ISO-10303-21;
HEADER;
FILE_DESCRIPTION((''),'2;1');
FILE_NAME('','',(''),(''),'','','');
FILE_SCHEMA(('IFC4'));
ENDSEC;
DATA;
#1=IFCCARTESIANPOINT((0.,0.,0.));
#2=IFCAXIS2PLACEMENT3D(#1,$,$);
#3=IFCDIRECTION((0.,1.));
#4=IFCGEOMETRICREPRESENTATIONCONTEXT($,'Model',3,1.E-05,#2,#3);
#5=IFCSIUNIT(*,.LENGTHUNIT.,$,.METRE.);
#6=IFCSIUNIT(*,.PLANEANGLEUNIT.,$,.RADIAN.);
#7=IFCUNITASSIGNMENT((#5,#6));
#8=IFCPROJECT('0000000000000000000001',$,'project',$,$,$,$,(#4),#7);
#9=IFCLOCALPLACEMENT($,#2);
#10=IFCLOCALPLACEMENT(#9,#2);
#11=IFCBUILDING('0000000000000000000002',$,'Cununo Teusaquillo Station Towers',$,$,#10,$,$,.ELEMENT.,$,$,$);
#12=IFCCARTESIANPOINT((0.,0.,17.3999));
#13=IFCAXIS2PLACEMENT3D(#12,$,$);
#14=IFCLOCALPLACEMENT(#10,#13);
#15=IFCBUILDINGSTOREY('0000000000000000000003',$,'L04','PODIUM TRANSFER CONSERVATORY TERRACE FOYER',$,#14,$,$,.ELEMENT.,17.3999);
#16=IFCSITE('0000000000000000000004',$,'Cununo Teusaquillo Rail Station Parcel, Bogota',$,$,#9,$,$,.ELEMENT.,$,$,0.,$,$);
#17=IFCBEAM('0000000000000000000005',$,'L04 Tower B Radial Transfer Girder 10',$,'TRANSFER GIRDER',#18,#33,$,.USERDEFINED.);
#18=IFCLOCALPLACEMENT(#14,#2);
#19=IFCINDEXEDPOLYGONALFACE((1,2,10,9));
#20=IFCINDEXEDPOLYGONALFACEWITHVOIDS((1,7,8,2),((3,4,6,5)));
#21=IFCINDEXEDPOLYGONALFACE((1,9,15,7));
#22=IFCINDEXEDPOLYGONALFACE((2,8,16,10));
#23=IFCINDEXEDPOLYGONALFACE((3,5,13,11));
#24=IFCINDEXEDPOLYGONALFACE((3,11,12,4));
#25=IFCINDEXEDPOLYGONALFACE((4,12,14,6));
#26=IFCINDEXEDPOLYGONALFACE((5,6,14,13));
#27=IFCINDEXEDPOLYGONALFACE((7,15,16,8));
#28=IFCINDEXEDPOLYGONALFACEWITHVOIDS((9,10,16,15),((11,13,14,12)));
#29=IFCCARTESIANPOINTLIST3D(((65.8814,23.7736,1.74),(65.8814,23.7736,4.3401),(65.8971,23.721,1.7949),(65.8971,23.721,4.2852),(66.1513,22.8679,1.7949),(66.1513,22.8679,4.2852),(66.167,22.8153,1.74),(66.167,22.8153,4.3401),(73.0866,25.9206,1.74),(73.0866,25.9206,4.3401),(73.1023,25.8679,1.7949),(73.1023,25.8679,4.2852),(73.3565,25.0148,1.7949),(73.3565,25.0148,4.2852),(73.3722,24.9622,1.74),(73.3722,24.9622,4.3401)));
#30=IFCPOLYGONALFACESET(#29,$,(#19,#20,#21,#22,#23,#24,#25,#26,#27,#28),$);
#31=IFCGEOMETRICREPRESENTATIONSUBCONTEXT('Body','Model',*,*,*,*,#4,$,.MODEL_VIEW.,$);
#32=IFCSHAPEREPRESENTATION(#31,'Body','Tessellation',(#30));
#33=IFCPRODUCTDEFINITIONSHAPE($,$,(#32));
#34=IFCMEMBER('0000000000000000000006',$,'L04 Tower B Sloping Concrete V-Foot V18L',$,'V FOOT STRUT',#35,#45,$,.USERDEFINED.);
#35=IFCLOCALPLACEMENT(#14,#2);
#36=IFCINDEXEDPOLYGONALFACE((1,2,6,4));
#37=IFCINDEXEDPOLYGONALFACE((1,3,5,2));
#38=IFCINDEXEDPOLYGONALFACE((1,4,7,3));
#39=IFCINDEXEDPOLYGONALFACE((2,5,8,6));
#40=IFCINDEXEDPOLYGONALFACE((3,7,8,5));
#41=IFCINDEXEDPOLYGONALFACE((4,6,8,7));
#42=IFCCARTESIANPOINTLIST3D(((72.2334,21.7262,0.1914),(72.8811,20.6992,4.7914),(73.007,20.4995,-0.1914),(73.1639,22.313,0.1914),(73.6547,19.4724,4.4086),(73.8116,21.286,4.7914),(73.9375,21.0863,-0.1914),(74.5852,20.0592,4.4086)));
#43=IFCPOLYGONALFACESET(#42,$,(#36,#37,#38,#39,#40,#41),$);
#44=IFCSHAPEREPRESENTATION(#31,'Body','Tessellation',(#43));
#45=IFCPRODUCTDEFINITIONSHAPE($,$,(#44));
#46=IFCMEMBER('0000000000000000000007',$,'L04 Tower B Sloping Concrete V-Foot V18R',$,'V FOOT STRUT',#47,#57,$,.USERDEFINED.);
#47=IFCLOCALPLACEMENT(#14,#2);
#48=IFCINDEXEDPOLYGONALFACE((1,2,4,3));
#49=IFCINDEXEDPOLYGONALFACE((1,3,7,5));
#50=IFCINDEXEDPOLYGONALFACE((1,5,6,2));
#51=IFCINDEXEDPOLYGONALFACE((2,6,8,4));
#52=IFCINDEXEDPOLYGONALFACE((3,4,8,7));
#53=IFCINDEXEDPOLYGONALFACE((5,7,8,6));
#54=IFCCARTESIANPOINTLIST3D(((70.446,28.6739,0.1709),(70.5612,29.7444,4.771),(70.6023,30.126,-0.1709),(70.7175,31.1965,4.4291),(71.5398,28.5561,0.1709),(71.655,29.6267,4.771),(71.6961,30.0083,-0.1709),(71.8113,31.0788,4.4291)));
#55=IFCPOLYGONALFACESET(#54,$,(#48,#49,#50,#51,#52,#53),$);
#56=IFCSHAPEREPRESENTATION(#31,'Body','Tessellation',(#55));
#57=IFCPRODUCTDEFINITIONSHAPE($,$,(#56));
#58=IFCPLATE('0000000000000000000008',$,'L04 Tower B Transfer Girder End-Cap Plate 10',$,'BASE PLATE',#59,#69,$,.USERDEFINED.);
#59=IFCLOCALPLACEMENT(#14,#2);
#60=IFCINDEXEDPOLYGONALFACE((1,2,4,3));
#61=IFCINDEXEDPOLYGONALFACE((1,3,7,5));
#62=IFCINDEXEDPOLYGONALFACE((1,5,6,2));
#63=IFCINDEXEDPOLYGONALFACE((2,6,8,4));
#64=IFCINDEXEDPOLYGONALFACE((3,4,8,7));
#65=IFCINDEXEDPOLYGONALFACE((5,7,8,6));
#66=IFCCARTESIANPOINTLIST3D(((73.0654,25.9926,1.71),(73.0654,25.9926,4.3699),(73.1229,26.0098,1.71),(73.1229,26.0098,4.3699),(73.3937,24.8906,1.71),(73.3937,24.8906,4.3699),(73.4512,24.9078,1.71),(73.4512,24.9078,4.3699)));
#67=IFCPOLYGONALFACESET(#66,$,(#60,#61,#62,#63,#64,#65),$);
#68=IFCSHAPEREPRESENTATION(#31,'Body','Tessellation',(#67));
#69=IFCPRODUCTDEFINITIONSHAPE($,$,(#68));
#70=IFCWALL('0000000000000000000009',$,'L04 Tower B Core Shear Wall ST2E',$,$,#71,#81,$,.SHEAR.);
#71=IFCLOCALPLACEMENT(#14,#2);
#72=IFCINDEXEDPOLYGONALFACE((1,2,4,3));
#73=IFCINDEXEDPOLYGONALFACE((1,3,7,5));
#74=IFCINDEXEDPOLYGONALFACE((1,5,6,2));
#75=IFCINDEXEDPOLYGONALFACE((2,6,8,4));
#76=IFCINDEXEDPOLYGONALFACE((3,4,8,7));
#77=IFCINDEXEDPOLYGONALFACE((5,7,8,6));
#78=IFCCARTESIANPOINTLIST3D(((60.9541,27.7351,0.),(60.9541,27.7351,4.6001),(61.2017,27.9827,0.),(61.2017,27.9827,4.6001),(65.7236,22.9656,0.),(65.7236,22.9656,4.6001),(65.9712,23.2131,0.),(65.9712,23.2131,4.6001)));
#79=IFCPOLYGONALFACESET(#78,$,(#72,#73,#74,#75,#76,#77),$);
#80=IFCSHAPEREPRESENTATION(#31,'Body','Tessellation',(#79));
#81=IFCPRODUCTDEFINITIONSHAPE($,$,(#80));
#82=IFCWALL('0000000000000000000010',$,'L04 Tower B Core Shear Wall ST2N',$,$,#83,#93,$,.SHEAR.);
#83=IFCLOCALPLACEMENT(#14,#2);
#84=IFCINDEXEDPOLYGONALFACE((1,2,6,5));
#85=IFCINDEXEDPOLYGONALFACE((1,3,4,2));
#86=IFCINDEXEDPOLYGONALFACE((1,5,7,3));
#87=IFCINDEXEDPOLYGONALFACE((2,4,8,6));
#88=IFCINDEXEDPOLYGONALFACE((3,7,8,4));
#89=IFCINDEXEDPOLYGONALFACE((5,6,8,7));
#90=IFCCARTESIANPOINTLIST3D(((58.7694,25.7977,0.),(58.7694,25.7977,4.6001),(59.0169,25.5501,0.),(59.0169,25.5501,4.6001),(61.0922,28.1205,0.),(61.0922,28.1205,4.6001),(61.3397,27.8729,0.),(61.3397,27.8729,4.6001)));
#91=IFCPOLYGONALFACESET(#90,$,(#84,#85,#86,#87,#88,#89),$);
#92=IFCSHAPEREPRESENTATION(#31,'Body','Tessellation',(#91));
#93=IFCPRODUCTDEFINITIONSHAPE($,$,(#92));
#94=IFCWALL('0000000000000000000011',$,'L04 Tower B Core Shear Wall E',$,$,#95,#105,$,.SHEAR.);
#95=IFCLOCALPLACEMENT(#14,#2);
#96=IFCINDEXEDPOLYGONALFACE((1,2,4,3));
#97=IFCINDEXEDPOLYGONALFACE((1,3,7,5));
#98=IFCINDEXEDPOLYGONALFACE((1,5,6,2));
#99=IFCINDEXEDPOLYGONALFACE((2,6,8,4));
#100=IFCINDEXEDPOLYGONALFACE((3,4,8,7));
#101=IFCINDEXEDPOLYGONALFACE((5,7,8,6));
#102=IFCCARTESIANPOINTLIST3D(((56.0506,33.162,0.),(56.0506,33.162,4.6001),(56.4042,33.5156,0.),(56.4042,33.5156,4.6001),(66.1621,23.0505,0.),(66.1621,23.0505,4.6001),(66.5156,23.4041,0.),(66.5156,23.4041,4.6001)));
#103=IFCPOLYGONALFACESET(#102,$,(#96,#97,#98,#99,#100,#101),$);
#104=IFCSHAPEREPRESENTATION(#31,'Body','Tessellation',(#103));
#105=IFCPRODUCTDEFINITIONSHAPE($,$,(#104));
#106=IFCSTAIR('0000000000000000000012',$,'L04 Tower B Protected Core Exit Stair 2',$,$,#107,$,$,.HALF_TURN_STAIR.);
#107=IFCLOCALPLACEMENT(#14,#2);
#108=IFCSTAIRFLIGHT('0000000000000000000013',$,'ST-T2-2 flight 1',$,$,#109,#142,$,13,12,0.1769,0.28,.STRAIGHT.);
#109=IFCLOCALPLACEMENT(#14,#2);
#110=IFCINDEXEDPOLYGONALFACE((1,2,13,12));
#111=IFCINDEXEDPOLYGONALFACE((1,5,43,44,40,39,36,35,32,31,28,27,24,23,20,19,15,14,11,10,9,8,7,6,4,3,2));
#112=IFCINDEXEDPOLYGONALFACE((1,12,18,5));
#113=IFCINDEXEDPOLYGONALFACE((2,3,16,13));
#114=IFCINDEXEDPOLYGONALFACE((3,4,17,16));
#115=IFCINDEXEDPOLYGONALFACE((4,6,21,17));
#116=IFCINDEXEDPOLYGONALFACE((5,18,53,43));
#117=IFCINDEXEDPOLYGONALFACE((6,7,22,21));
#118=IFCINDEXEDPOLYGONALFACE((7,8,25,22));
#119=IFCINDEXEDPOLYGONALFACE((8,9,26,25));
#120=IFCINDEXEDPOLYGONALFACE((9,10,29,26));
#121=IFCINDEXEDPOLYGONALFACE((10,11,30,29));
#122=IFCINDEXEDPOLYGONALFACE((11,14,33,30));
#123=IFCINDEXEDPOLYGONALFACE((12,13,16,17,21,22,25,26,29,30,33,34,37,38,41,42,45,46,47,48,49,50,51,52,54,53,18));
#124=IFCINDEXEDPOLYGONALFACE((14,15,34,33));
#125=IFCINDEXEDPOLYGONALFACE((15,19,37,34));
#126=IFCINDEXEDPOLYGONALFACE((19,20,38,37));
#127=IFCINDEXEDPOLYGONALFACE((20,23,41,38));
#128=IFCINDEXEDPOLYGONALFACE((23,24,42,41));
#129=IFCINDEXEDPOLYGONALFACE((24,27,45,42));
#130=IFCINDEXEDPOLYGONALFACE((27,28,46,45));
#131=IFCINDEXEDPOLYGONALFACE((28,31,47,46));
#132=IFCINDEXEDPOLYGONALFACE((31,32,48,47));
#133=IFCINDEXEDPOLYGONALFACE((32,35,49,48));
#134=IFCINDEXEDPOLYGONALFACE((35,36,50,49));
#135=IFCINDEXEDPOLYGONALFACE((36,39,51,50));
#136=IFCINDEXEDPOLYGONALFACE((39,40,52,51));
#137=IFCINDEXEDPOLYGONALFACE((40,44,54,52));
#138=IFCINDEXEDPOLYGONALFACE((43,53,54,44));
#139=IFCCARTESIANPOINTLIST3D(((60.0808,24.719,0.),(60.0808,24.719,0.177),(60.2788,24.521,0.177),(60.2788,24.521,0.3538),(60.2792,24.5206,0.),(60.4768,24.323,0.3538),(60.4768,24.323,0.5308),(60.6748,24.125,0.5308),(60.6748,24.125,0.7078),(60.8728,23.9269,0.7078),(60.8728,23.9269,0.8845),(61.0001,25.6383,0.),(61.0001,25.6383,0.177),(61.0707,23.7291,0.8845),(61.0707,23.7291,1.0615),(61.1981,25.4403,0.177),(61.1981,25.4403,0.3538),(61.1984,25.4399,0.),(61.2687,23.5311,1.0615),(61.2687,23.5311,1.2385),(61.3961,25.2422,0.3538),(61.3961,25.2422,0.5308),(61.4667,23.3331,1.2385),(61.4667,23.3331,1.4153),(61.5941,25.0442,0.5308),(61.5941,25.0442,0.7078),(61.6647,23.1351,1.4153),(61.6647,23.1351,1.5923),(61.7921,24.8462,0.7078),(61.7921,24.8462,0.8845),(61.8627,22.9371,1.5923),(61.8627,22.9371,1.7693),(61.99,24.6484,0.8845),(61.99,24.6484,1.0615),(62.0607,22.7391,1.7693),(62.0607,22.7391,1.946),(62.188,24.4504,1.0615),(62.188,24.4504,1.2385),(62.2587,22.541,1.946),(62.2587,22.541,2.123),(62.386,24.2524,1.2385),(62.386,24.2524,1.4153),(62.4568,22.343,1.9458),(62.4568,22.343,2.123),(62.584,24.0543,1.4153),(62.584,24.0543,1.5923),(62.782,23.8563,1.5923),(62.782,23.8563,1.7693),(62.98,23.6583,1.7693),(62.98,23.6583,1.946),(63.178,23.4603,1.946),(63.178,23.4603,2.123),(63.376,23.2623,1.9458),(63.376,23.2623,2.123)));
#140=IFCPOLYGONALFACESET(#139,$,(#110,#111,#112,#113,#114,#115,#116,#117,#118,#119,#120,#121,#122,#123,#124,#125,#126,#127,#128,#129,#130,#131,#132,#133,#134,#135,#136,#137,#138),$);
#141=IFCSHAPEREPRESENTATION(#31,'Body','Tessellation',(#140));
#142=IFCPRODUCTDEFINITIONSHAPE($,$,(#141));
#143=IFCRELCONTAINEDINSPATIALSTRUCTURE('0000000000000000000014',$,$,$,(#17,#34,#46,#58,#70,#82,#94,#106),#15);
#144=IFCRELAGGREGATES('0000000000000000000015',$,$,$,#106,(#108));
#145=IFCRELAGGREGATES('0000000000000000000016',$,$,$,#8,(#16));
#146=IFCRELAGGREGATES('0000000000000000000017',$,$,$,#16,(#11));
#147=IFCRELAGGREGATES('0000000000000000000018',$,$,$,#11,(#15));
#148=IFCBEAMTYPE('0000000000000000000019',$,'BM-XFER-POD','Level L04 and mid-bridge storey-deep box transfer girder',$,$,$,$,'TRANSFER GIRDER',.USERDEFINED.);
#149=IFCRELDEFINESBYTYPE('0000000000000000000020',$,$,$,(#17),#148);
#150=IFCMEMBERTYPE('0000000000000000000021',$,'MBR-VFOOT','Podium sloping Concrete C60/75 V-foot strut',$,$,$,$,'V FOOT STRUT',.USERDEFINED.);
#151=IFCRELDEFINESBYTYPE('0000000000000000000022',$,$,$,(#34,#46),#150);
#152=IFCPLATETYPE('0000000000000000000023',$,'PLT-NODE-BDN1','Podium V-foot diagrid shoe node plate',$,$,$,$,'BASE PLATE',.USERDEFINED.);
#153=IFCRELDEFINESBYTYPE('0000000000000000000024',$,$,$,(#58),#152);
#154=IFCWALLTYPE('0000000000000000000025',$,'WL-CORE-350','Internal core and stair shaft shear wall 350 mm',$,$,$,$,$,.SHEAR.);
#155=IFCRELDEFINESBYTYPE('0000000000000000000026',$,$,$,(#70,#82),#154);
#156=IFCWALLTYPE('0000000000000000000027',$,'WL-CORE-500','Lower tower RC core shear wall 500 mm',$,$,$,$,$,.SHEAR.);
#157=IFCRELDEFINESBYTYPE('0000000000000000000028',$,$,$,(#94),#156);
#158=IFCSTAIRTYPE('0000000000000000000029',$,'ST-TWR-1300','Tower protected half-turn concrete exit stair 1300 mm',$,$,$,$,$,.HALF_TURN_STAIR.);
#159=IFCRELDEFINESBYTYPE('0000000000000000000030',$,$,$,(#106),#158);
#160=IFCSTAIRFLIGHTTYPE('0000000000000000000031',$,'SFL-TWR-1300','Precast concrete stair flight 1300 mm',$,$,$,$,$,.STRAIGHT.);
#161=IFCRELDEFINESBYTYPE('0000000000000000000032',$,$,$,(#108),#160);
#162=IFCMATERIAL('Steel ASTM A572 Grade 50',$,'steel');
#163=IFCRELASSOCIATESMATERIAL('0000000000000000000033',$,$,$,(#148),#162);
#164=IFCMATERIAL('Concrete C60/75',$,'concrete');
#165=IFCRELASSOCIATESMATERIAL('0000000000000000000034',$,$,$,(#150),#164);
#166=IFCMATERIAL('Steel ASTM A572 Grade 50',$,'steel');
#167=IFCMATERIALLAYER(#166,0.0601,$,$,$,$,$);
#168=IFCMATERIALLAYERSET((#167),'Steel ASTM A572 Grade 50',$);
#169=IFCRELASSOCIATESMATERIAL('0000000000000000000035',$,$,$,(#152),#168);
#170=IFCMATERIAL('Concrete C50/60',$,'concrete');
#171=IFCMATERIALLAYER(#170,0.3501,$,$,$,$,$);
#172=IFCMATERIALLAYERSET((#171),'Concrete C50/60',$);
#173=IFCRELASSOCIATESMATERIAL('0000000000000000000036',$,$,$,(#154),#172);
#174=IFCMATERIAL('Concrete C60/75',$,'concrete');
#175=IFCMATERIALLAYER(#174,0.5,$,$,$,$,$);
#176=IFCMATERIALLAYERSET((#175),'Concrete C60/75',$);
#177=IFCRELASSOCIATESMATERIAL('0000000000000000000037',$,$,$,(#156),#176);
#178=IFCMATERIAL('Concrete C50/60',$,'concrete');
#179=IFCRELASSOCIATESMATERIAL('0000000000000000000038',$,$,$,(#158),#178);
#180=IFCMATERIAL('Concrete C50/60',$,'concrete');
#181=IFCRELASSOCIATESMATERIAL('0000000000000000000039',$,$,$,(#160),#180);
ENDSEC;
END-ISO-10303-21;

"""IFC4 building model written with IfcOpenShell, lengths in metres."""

from ifc_helpers import new_model, si_unit, direction, frame, frame_2d, origin, origin_2d, place, context, subcontext, project, spatial, polyline, rectangle, hollow_rectangle, outline, extrude, source, transform, mapped, material, layer, layer_set, material_profile, profile_set, type_object, element, aggregate, save


model = new_model("IFC4")

# Units and contexts
model_context = context("Model", 3, precision=1e-05, world=origin(), true_north=direction((0.0, 1.0)))
body_context = subcontext(model_context, "Body", "Model", "MODEL_VIEW")
ifc_project = project(units=[si_unit("LENGTHUNIT", "METRE"), si_unit("PLANEANGLEUNIT", "RADIAN")], contexts=[model_context])

# Site, building, storey
site_placement = place(None, origin())
site = spatial("IfcSite", under=ifc_project, at=site_placement, Name="Cununo Teusaquillo Rail Station Parcel, Bogota", CompositionType="ELEMENT", RefElevation=0.0)
building_placement = place(site_placement, origin())
building = spatial("IfcBuilding", under=site, at=building_placement, Name="Cununo Teusaquillo Station Towers", CompositionType="ELEMENT")
storey_placement = place(building_placement, frame((0.0, 0.0, 17.3999)))
storey = spatial("IfcBuildingStorey", under=building, at=storey_placement, Name="L04", Description="PODIUM TRANSFER CONSERVATORY TERRACE FOYER", CompositionType="ELEMENT", Elevation=17.3999)

# Beam
ifc_material_1 = material(Name="Steel ASTM A572 Grade 50", Category="steel")
ifc_material_profile_1 = material_profile(ifc_material_1, hollow_rectangle(XDim=1.0, YDim=2.6001, WallThickness=0.0549, at=origin_2d()), Name="BOX 2600x1000x55")
ifc_profile_set_1 = profile_set([ifc_material_profile_1], Name="Steel ASTM A572 Grade 50")
beam_type_1 = type_object("IfcBeamType", Name="BM-XFER-POD", Description="Level L04 and mid-bridge storey-deep box transfer girder", ElementType="TRANSFER GIRDER", PredefinedType="USERDEFINED", material=ifc_profile_set_1)
beam_1_placement = place(storey_placement, frame((66.0242, 23.2944, 3.04), z_axis=(0.95836, 0.285563, 0.0), x_axis=(-0.285563, 0.95836, 0.0)))
element("IfcBeam", 1, at=beam_1_placement, inside=storey, type_object=beam_type_1, Name="L04 Tower B Radial Transfer Girder 10", ObjectType="TRANSFER GIRDER", PredefinedType="USERDEFINED", context=body_context, shape_type="SweptSolid", body=[
    extrude(hollow_rectangle(XDim=1.0, YDim=2.6001, WallThickness=0.0549, at=origin_2d()), origin(), (0.0, 0.0, 1.0), 7.5183),
])

# Members
ifc_material_2 = material(Name="Concrete C60/75", Category="concrete")
ifc_material_profile_2 = material_profile(ifc_material_2, rectangle(XDim=1.1001, YDim=1.5, at=origin_2d()), Name="RC-RECT-1500x1100")
ifc_profile_set_2 = profile_set([ifc_material_profile_2], Name="Concrete C60/75")
member_type = type_object("IfcMemberType", Name="MBR-VFOOT", Description="Podium sloping Concrete C60/75 V-foot strut", ElementType="V FOOT STRUT", PredefinedType="USERDEFINED", material=ifc_profile_set_2)
member_1_placement = place(storey_placement, frame((73.0854, 21.4062, 0.0), z_axis=(0.136139, -0.215883, 0.966882), x_axis=(0.845857, 0.53341, 0.0)))
element("IfcMember", 2, at=member_1_placement, inside=storey, type_object=member_type, Name="L04 Tower B Sloping Concrete V-Foot V18L", ObjectType="V FOOT STRUT", PredefinedType="USERDEFINED", context=body_context, shape_type="SweptSolid", body=[
    extrude(rectangle(XDim=1.1001, YDim=1.5, at=origin_2d()), origin(), (0.0, 0.0, 1.0), 4.7576),
])
member_2_placement = place(storey_placement, frame((71.071, 29.3411, 0.0), z_axis=(0.024391, 0.2266, 0.973682), x_axis=(-0.994257, 0.107021, 0.0)))
element("IfcMember", 3, at=member_2_placement, inside=storey, type_object=member_type, Name="L04 Tower B Sloping Concrete V-Foot V18R", ObjectType="V FOOT STRUT", PredefinedType="USERDEFINED", context=body_context, shape_type="SweptSolid", body=[
    extrude(rectangle(XDim=1.1001, YDim=1.5, at=origin_2d()), origin(), (0.0, 0.0, 1.0), 4.7244),
])

# Plate
ifc_material_3 = material(Name="Steel ASTM A572 Grade 50", Category="steel")
ifc_layer_1 = layer(ifc_material_3, 0.0601)
ifc_layer_set_1 = layer_set([ifc_layer_1], Name="Steel ASTM A572 Grade 50")
plate_type = type_object("IfcPlateType", Name="PLT-NODE-BDN1", Description="Podium V-foot diagrid shoe node plate", ElementType="BASE PLATE", PredefinedType="USERDEFINED", material=ifc_layer_set_1)
shared_shape = source(origin(), body_context, "Body", "SweptSolid", [
    extrude(rectangle(XDim=0.0601, YDim=1.1499, at=origin_2d()), origin(), (0.0, 0.0, 1.0), 2.6599),
])
plate_placement = place(storey_placement, frame((73.2583, 25.4502, 1.71), z_axis=(0.0, 0.0, 1.0), x_axis=(0.958372, 0.285521, 0.0)))
element("IfcPlate", 4, at=plate_placement, inside=storey, type_object=plate_type, Name="L04 Tower B Transfer Girder End-Cap Plate 10", ObjectType="BASE PLATE", PredefinedType="USERDEFINED", context=body_context, shape_type="MappedRepresentation", body=[
    mapped(shared_shape, transform((0.0, 0.0, 0.0), x_axis=(1.0, 0.0, 0.0), y_axis=(0.0, 1.0, 0.0), z_axis=(0.0, 0.0, 1.0), scale=1.0)),
])

# Walls
ifc_material_4 = material(Name="Concrete C50/60", Category="concrete")
ifc_layer_2 = layer(ifc_material_4, 0.3501)
ifc_layer_set_2 = layer_set([ifc_layer_2], Name="Concrete C50/60")
wall_type_1 = type_object("IfcWallType", Name="WL-CORE-350", Description="Internal core and stair shaft shear wall 350 mm", PredefinedType="SHEAR", material=ifc_layer_set_2)
wall_1_placement = place(storey_placement, frame((65.8474, 23.0894, 0.0), z_axis=(0.0, 0.0, 1.0), x_axis=(-0.707107, 0.707107, 0.0)))
element("IfcWall", 5, at=wall_1_placement, inside=storey, type_object=wall_type_1, Name="L04 Tower B Core Shear Wall ST2E", PredefinedType="SHEAR", context=body_context, shape_type="SweptSolid", body=[
    extrude(rectangle(XDim=6.7451, YDim=0.3501, at=frame_2d((3.3726, 0.0))), origin(), (0.0, 0.0, 1.0), 4.6001),
])
wall_2_placement = place(storey_placement, frame((58.8931, 25.6738, 0.0), z_axis=(0.0, 0.0, 1.0), x_axis=(0.707107, 0.707107, 0.0)))
element("IfcWall", 6, at=wall_2_placement, inside=storey, type_object=wall_type_1, Name="L04 Tower B Core Shear Wall ST2N", PredefinedType="SHEAR", context=body_context, shape_type="SweptSolid", body=[
    extrude(rectangle(XDim=3.2849, YDim=0.3501, at=frame_2d((1.6426, 0.0))), origin(), (0.0, 0.0, 1.0), 4.6001),
])
ifc_material_5 = material(Name="Concrete C60/75", Category="concrete")
ifc_layer_3 = layer(ifc_material_5, 0.5)
ifc_layer_set_3 = layer_set([ifc_layer_3], Name="Concrete C60/75")
wall_type_2 = type_object("IfcWallType", Name="WL-CORE-500", Description="Lower tower RC core shear wall 500 mm", PredefinedType="SHEAR", material=ifc_layer_set_3)
wall_3_placement = place(storey_placement, frame((66.3389, 23.2273, 0.0), z_axis=(0.0, 0.0, 1.0), x_axis=(-0.707107, 0.707107, 0.0)))
element("IfcWall", 7, at=wall_3_placement, inside=storey, type_object=wall_type_2, Name="L04 Tower B Core Shear Wall E", PredefinedType="SHEAR", context=body_context, shape_type="SweptSolid", body=[
    extrude(rectangle(XDim=14.2998, YDim=0.5, at=frame_2d((7.1499, 0.0))), origin(), (0.0, 0.0, 1.0), 4.6001),
])

# Stair, stair flight
ifc_material_6 = material(Name="Concrete C50/60", Category="concrete")
stair_type = type_object("IfcStairType", Name="ST-TWR-1300", Description="Tower protected half-turn concrete exit stair 1300 mm", PredefinedType="HALF_TURN_STAIR", material=ifc_material_6)
stair_placement = place(storey_placement, origin())
stair = element("IfcStair", 8, at=stair_placement, inside=storey, type_object=stair_type, Name="L04 Tower B Protected Core Exit Stair 2", PredefinedType="HALF_TURN_STAIR")
ifc_material_7 = material(Name="Concrete C50/60", Category="concrete")
stair_flight_type = type_object("IfcStairFlightType", Name="SFL-TWR-1300", Description="Precast concrete stair flight 1300 mm", PredefinedType="STRAIGHT", material=ifc_material_7)
stair_flight_1_placement = place(storey_placement, frame((60.5405, 25.1787, 0.0), z_axis=(0.0, 0.0, 1.0), x_axis=(0.707107, -0.707107, 0.0)))
stair_flight_1 = element("IfcStairFlight", 9, at=stair_flight_1_placement, type_object=stair_flight_type, Name="ST-T2-2 flight 1", NumberOfRisers=13, NumberOfTreads=12, PredefinedType="STRAIGHT", RiserHeight=0.1769, TreadLength=0.28, context=body_context, shape_type="SweptSolid", body=[
    extrude(outline(polyline([(0.0, 0.0), (0.0, 0.177), (0.28, 0.177), (0.28, 0.3538), (0.5601, 0.3538), (0.5601, 0.5308), (0.8401, 0.5308), (0.8401, 0.7078), (1.1201, 0.7078), (1.1201, 0.8845), (1.3999, 0.8845), (1.3999, 1.0615), (1.6799, 1.0615), (1.6799, 1.2385), (1.96, 1.2385), (1.96, 1.4153), (2.24, 1.4153), (2.24, 1.5923), (2.52, 1.5923), (2.52, 1.7693), (2.8, 1.7693), (2.8, 1.946), (3.0801, 1.946), (3.0801, 2.123), (3.3601, 2.123), (3.3601, 2.3), (3.3601, 1.9458), (0.2805, 0.0), (0.0, 0.0)])), frame((0.0, 0.6499, 0.0), z_axis=(0.0, -1.0, 0.0), x_axis=(1.0, 0.0, 0.0)), (0.0, 0.0, 1.0), 1.3),
])
aggregate(stair, [stair_flight_1])

save(model, "model.ifc")
